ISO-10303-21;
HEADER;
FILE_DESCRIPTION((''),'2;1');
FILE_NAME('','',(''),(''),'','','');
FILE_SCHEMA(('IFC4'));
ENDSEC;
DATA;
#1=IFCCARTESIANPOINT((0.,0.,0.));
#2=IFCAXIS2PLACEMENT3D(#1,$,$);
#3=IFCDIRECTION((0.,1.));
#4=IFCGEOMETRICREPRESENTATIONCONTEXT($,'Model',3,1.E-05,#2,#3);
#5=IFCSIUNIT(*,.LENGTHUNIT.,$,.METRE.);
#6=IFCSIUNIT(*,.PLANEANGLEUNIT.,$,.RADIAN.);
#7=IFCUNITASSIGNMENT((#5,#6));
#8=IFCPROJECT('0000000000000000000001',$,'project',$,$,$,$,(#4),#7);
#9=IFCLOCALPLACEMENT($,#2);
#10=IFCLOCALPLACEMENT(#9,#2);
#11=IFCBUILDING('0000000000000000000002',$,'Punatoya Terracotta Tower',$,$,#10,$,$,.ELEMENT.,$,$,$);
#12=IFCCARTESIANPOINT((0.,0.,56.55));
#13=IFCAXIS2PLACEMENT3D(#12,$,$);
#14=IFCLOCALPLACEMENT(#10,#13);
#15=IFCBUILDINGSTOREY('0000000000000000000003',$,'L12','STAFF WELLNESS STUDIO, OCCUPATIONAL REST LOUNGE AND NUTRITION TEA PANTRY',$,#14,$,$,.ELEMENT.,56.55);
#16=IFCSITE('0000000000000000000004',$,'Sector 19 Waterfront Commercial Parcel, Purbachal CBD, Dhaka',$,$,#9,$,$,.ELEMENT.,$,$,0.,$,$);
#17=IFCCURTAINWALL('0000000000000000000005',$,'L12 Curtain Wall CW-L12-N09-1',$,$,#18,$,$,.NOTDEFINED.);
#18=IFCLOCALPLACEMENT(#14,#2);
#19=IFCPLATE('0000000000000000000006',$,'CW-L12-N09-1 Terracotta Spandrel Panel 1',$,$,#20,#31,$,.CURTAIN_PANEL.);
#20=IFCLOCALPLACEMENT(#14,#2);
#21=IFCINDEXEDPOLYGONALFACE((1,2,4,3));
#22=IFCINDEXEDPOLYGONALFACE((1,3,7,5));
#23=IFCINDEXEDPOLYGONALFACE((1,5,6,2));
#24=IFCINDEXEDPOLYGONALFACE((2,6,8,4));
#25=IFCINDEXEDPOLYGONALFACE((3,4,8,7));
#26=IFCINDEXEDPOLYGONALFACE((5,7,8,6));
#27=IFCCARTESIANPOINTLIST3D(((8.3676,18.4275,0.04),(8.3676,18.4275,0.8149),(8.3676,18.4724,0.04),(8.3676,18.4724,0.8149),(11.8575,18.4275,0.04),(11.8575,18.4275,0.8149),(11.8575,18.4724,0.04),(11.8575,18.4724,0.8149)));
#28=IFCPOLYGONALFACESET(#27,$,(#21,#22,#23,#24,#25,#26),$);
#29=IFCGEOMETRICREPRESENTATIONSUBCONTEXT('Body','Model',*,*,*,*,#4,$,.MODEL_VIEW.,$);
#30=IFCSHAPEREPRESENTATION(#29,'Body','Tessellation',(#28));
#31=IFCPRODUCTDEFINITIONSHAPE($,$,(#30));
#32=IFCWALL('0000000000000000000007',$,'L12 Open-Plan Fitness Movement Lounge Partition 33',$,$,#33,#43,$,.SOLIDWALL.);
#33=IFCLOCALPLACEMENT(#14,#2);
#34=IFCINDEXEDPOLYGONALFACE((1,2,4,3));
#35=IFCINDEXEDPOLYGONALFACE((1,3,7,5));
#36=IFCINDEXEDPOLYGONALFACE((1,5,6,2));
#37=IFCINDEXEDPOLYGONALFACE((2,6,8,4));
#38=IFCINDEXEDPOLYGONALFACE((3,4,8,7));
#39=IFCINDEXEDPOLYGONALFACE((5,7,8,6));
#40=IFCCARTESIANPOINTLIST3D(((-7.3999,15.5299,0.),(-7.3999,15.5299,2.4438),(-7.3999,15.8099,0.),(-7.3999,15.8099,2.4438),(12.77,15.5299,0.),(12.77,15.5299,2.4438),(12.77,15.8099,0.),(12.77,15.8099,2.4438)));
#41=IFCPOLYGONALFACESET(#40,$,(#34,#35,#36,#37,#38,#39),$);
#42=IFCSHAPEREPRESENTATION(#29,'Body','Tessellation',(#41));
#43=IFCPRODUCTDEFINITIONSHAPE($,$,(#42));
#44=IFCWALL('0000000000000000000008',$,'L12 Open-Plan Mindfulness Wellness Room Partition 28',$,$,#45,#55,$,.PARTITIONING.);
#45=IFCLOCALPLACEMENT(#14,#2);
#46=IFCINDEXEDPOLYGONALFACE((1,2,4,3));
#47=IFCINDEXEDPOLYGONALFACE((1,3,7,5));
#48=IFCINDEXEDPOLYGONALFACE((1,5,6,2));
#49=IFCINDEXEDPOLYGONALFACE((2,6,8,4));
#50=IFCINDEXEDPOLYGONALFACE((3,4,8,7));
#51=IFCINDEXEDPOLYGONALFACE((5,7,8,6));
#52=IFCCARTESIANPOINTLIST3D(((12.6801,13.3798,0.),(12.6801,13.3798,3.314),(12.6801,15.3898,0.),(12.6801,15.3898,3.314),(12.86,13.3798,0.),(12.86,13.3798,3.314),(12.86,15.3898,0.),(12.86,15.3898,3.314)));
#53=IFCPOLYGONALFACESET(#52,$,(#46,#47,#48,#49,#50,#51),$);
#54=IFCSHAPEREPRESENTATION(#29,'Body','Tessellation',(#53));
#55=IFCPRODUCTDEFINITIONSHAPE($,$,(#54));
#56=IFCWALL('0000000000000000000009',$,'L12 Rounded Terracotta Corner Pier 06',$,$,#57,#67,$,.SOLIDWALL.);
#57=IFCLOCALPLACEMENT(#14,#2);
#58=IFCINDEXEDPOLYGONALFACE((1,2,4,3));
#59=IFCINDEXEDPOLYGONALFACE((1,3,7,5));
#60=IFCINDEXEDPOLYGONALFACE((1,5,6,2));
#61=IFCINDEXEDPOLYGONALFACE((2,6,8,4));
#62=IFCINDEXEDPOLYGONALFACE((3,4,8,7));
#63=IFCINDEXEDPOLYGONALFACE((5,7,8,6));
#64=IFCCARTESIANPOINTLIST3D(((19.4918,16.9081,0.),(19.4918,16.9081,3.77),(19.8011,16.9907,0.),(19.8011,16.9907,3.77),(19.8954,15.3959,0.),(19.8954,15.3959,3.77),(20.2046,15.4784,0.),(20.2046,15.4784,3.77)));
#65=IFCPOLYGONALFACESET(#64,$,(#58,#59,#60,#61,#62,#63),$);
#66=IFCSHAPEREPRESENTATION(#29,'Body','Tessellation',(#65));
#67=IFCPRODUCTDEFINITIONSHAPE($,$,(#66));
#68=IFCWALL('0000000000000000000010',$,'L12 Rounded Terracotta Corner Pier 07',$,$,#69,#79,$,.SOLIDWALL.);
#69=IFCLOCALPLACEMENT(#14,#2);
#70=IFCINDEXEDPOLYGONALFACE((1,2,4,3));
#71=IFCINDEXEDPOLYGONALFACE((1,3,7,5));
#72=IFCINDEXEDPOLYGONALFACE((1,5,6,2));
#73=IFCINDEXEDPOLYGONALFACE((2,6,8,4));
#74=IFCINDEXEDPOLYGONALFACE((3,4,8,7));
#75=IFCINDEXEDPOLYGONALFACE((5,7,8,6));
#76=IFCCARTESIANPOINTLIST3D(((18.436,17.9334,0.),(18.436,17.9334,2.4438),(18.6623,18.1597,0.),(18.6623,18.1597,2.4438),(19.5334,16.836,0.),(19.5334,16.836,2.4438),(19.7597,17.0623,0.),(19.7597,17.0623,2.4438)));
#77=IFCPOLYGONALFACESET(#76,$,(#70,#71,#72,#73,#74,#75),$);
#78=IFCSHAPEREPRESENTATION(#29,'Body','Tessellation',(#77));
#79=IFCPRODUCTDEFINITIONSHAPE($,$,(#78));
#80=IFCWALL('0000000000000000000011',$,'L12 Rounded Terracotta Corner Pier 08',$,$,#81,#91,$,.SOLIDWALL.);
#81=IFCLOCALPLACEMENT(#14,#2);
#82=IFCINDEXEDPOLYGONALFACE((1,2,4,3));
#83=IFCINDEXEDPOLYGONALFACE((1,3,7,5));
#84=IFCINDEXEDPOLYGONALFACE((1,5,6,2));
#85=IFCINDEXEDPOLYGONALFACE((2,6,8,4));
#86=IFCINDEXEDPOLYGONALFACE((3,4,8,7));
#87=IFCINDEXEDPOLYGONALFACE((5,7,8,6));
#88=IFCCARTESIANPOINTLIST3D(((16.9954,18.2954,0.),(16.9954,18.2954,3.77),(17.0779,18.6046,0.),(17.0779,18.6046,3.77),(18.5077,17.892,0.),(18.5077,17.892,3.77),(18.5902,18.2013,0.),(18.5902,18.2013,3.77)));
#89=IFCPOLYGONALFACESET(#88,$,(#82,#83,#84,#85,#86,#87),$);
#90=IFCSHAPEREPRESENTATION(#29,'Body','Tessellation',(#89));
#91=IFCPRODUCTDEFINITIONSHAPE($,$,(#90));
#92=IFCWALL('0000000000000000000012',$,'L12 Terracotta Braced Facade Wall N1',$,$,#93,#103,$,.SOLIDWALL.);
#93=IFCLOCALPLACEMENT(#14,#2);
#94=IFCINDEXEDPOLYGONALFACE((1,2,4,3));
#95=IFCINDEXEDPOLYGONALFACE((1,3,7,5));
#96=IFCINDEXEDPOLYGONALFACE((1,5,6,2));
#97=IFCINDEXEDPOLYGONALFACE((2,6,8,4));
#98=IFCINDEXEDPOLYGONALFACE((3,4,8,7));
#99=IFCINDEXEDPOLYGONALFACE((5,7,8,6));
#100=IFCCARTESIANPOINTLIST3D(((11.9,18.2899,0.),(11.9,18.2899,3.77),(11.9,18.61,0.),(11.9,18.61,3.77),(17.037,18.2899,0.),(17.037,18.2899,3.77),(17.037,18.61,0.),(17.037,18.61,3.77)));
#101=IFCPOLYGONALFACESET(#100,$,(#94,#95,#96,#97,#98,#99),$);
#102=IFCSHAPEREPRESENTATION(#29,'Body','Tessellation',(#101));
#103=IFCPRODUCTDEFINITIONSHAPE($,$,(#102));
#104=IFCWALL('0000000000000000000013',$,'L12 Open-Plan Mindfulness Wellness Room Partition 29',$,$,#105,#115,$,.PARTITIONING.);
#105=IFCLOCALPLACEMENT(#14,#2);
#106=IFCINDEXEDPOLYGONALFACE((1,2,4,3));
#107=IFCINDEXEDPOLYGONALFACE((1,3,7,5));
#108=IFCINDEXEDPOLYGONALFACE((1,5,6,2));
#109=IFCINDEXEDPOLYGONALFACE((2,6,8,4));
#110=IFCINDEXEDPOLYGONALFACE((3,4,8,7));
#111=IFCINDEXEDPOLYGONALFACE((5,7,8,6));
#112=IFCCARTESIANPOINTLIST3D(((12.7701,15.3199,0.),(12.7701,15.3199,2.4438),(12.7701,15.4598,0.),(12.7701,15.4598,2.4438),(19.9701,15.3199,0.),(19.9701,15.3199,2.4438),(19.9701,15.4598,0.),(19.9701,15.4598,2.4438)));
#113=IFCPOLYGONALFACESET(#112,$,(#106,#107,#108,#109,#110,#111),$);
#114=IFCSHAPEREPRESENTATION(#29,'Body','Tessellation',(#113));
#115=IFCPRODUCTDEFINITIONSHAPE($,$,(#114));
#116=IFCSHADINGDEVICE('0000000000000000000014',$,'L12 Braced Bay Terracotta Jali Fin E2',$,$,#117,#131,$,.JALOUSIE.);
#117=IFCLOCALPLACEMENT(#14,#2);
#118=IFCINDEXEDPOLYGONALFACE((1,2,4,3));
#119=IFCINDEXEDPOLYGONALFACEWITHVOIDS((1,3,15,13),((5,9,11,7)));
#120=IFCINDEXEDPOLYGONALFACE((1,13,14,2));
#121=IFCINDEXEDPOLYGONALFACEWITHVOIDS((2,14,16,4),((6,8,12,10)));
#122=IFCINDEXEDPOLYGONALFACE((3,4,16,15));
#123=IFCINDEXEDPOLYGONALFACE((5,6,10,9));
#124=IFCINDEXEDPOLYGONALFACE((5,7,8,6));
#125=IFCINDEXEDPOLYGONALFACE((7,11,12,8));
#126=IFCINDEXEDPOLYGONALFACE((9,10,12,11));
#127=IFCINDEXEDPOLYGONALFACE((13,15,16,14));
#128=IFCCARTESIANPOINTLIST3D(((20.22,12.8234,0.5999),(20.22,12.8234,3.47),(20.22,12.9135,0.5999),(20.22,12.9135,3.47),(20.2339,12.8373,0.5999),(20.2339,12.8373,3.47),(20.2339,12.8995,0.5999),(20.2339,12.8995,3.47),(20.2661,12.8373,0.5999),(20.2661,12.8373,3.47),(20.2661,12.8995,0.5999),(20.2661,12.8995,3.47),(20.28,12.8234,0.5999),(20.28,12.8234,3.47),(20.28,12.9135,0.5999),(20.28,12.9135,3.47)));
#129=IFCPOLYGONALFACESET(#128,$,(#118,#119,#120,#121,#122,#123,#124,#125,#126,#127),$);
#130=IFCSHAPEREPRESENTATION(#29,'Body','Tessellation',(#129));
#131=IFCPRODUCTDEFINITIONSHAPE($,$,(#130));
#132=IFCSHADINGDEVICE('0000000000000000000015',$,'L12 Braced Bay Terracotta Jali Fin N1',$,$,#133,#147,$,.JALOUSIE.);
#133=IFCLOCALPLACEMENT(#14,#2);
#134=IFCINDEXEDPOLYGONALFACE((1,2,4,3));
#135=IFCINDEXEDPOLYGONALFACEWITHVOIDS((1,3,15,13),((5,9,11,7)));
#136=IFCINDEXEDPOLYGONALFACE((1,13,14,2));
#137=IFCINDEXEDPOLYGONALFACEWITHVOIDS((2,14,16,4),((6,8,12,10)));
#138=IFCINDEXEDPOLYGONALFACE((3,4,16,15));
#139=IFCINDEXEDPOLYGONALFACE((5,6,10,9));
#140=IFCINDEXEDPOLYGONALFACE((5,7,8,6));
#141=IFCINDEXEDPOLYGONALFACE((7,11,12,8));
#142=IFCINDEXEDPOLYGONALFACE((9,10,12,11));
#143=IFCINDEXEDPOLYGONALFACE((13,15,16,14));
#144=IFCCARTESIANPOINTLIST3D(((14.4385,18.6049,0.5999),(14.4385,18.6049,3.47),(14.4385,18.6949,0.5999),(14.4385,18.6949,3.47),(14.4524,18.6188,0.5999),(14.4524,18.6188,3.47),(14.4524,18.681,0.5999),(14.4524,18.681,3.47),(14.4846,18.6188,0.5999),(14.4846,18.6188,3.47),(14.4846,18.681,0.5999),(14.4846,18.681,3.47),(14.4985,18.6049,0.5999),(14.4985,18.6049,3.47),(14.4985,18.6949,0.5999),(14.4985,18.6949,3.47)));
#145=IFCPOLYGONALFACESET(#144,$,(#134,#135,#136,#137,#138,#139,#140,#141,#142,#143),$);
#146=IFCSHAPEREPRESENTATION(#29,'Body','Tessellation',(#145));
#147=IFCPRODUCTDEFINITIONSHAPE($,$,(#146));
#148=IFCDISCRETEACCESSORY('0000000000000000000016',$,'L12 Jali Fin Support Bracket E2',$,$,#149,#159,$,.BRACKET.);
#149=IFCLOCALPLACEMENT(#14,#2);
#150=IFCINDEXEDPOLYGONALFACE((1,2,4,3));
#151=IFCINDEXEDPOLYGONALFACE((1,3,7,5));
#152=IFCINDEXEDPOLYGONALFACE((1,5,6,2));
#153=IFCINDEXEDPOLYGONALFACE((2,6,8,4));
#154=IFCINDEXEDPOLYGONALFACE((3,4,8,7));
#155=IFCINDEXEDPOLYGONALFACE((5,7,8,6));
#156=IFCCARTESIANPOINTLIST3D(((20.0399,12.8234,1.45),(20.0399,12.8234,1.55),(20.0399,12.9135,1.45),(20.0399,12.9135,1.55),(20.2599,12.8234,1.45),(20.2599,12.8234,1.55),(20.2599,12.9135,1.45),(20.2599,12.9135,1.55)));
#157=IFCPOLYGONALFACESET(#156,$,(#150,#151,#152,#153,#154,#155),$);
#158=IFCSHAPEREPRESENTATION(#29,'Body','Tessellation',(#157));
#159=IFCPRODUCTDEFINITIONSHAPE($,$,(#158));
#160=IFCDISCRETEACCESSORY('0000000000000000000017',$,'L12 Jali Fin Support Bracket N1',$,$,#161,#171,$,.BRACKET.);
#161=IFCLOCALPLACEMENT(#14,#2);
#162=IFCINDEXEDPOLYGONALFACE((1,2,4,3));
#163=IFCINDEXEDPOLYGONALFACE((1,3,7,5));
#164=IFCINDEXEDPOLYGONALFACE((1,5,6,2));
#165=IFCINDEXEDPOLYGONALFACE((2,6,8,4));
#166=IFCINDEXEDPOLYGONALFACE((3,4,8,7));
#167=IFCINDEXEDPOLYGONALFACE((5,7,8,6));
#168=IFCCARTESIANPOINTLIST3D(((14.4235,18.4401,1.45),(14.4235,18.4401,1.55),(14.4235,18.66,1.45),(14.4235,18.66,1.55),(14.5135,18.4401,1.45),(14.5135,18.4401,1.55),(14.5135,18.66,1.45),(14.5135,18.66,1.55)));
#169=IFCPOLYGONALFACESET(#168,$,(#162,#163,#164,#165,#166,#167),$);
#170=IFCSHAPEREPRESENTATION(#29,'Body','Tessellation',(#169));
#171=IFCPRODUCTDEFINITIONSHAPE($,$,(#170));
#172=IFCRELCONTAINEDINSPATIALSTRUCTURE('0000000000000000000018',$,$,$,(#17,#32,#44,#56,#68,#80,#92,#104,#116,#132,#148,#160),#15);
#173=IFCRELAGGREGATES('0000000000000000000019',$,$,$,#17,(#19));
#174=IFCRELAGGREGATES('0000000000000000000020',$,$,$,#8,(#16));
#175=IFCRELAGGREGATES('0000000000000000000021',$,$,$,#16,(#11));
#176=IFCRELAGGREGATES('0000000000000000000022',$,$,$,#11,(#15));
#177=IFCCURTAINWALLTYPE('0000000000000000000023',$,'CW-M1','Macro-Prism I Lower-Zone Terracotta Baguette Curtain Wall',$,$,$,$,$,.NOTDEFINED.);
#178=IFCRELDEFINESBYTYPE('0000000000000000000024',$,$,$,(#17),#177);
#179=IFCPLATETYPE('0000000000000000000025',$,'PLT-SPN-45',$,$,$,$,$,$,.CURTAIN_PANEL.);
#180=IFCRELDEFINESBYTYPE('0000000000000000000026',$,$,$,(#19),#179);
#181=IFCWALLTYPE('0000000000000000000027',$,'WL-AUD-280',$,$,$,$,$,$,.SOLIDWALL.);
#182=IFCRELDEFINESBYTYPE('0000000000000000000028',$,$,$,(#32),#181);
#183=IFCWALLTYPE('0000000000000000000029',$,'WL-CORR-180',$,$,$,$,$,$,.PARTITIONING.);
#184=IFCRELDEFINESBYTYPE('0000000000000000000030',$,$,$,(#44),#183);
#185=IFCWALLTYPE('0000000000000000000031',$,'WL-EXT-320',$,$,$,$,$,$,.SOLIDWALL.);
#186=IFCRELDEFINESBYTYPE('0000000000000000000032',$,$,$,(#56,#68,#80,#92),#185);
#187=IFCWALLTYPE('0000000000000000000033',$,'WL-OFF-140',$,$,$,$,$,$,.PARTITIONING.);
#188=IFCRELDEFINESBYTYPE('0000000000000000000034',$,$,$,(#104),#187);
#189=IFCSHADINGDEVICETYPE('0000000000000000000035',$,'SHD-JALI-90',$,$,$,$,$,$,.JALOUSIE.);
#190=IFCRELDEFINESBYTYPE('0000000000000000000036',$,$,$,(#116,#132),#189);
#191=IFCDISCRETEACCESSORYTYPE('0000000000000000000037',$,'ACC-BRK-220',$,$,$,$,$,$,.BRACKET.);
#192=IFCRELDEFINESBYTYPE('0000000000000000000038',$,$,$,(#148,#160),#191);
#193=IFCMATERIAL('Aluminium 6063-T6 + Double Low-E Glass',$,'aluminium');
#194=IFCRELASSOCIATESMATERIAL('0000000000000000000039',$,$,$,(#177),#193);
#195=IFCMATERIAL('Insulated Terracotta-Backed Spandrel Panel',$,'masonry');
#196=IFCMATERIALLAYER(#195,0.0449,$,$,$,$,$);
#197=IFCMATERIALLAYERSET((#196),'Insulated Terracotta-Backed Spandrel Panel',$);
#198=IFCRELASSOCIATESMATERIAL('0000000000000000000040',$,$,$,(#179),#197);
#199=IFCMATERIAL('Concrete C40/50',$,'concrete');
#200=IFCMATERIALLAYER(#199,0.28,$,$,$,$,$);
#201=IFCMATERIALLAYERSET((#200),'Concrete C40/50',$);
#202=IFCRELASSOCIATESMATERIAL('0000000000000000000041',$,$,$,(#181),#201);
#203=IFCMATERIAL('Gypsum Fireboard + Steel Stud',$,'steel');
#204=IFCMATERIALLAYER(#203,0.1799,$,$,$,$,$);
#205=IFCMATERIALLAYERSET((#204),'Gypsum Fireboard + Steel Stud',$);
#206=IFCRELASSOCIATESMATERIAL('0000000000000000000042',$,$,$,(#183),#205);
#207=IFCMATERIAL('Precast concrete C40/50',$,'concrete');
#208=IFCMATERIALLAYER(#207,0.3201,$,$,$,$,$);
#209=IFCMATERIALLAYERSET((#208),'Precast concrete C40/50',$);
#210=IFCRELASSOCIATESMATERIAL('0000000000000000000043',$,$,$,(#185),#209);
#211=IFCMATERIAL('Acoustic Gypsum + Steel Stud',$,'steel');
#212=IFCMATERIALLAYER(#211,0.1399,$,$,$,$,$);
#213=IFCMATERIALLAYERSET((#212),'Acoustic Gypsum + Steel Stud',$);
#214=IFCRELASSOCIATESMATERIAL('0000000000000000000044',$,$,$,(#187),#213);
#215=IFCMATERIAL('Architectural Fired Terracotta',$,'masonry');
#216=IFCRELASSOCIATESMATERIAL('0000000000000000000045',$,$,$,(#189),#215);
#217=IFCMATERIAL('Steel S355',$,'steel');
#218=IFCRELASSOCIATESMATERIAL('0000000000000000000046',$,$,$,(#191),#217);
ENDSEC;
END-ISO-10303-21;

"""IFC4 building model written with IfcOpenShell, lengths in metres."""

from ifc_helpers import new_model, si_unit, direction, frame, frame_2d, origin, origin_2d, place, context, subcontext, project, spatial, rectangle, hollow_rectangle, extrude, material, layer, layer_set, material_profile, profile_set, type_object, element, aggregate, save


model = new_model("IFC4")

# Units and contexts
model_context = context("Model", 3, precision=1e-05, world=origin(), true_north=direction((0.0, 1.0)))
body_context = subcontext(model_context, "Body", "Model", "MODEL_VIEW")
ifc_project = project(units=[si_unit("LENGTHUNIT", "METRE"), si_unit("PLANEANGLEUNIT", "RADIAN")], contexts=[model_context])

# Site, building, storey
site_placement = place(None, origin())
site = spatial("IfcSite", under=ifc_project, at=site_placement, Name="Sector 19 Waterfront Commercial Parcel, Purbachal CBD, Dhaka", CompositionType="ELEMENT", RefElevation=0.0)
building_placement = place(site_placement, origin())
building = spatial("IfcBuilding", under=site, at=building_placement, Name="Punatoya Terracotta Tower", CompositionType="ELEMENT")
storey_placement = place(building_placement, frame((0.0, 0.0, 56.55)))
storey = spatial("IfcBuildingStorey", under=building, at=storey_placement, Name="L12", Description="STAFF WELLNESS STUDIO, OCCUPATIONAL REST LOUNGE AND NUTRITION TEA PANTRY", CompositionType="ELEMENT", Elevation=56.55)

# Shared definitions
ifc_material_1 = material(Name="Steel S355", Category="steel")

# Curtain wall
ifc_material_2 = material(Name="Aluminium 6063-T6 + Double Low-E Glass", Category="aluminium")
curtain_wall_type = type_object("IfcCurtainWallType", Name="CW-M1", Description="Macro-Prism I Lower-Zone Terracotta Baguette Curtain Wall", PredefinedType="NOTDEFINED", material=ifc_material_2)
curtain_wall_placement = place(storey_placement, origin())
curtain_wall = element("IfcCurtainWall", 1, at=curtain_wall_placement, inside=storey, type_object=curtain_wall_type, Name="L12 Curtain Wall CW-L12-N09-1", PredefinedType="NOTDEFINED")

# Plate
ifc_material_3 = material(Name="Insulated Terracotta-Backed Spandrel Panel", Category="masonry")
ifc_layer_1 = layer(ifc_material_3, 0.0449)
ifc_layer_set_1 = layer_set([ifc_layer_1], Name="Insulated Terracotta-Backed Spandrel Panel")
plate_type_1 = type_object("IfcPlateType", Name="PLT-SPN-45", PredefinedType="CURTAIN_PANEL", material=ifc_layer_set_1)
plate_1_placement = place(storey_placement, frame((10.1125, 18.45, 0.04), z_axis=(0.0, 0.0, 1.0), x_axis=(-1.0, 0.0, 0.0)))
plate_1 = element("IfcPlate", 2, at=plate_1_placement, type_object=plate_type_1, Name="CW-L12-N09-1 Terracotta Spandrel Panel 1", PredefinedType="CURTAIN_PANEL", context=body_context, shape_type="SweptSolid", body=[
    extrude(rectangle(XDim=3.49, YDim=0.0449, at=origin_2d()), origin(), (0.0, 0.0, 1.0), 0.7749),
])
aggregate(curtain_wall, [plate_1])

# Walls
ifc_material_4 = material(Name="Concrete C40/50", Category="concrete")
ifc_layer_2 = layer(ifc_material_4, 0.28)
ifc_layer_set_2 = layer_set([ifc_layer_2], Name="Concrete C40/50")
wall_type_1 = type_object("IfcWallType", Name="WL-AUD-280", PredefinedType="SOLIDWALL", material=ifc_layer_set_2)
wall_1_placement = place(storey_placement, frame((12.77, 15.6699, 0.0), z_axis=(0.0, 0.0, 1.0), x_axis=(-1.0, 0.0, 0.0)))
element("IfcWall", 3, at=wall_1_placement, inside=storey, type_object=wall_type_1, Name="L12 Open-Plan Fitness Movement Lounge Partition 33", PredefinedType="SOLIDWALL", context=body_context, shape_type="SweptSolid", body=[
    extrude(rectangle(XDim=20.1699, YDim=0.28, at=frame_2d((10.085, 0.0))), origin(), (0.0, 0.0, 1.0), 2.4438),
])
ifc_material_5 = material(Name="Gypsum Fireboard + Steel Stud", Category="steel")
ifc_layer_3 = layer(ifc_material_5, 0.1799)
ifc_layer_set_3 = layer_set([ifc_layer_3], Name="Gypsum Fireboard + Steel Stud")
wall_type_2 = type_object("IfcWallType", Name="WL-CORR-180", PredefinedType="PARTITIONING", material=ifc_layer_set_3)
wall_2_placement = place(storey_placement, frame((12.77, 13.3799, 0.0), z_axis=(0.0, 0.0, 1.0), x_axis=(0.0, 1.0, 0.0)))
element("IfcWall", 4, at=wall_2_placement, inside=storey, type_object=wall_type_2, Name="L12 Open-Plan Mindfulness Wellness Room Partition 28", PredefinedType="PARTITIONING", context=body_context, shape_type="SweptSolid", body=[
    extrude(rectangle(XDim=2.01, YDim=0.1799, at=frame_2d((1.0049, 0.0))), origin(), (0.0, 0.0, 1.0), 3.314),
])
ifc_material_6 = material(Name="Precast concrete C40/50", Category="concrete")
ifc_layer_4 = layer(ifc_material_6, 0.3201)
ifc_layer_set_4 = layer_set([ifc_layer_4], Name="Precast concrete C40/50")
wall_type_3 = type_object("IfcWallType", Name="WL-EXT-320", PredefinedType="SOLIDWALL", material=ifc_layer_set_4)
wall_3_placement = place(storey_placement, frame((20.05, 15.437, 0.0), z_axis=(0.0, 0.0, 1.0), x_axis=(-0.257847, 0.966186, 0.0)))
element("IfcWall", 5, at=wall_3_placement, inside=storey, type_object=wall_type_3, Name="L12 Rounded Terracotta Corner Pier 06", PredefinedType="SOLIDWALL", context=body_context, shape_type="SweptSolid", body=[
    extrude(rectangle(XDim=1.5652, YDim=0.3201, at=frame_2d((0.7827, 0.0))), origin(), (0.0, 0.0, 1.0), 3.77),
])
wall_4_placement = place(storey_placement, frame((19.6465, 16.9492, 0.0), z_axis=(0.0, 0.0, 1.0), x_axis=(-0.707107, 0.707107, 0.0)))
element("IfcWall", 6, at=wall_4_placement, inside=storey, type_object=wall_type_3, Name="L12 Rounded Terracotta Corner Pier 07", PredefinedType="SOLIDWALL", context=body_context, shape_type="SweptSolid", body=[
    extrude(rectangle(XDim=1.552, YDim=0.3201, at=frame_2d((0.7759, 0.0))), origin(), (0.0, 0.0, 1.0), 2.4438),
])
wall_5_placement = place(storey_placement, frame((18.5491, 18.0466, 0.0), z_axis=(0.0, 0.0, 1.0), x_axis=(-0.966225, 0.257701, 0.0)))
element("IfcWall", 7, at=wall_5_placement, inside=storey, type_object=wall_type_3, Name="L12 Rounded Terracotta Corner Pier 08", PredefinedType="SOLIDWALL", context=body_context, shape_type="SweptSolid", body=[
    extrude(rectangle(XDim=1.5652, YDim=0.3201, at=frame_2d((0.7827, 0.0))), origin(), (0.0, 0.0, 1.0), 3.77),
])
wall_6_placement = place(storey_placement, frame((17.0369, 18.45, 0.0), z_axis=(0.0, 0.0, 1.0), x_axis=(-1.0, 0.0, 0.0)))
element("IfcWall", 8, at=wall_6_placement, inside=storey, type_object=wall_type_3, Name="L12 Terracotta Braced Facade Wall N1", PredefinedType="SOLIDWALL", context=body_context, shape_type="SweptSolid", body=[
    extrude(rectangle(XDim=5.137, YDim=0.3201, at=frame_2d((2.5684, 0.0))), origin(), (0.0, 0.0, 1.0), 3.77),
])
ifc_material_7 = material(Name="Acoustic Gypsum + Steel Stud", Category="steel")
ifc_layer_5 = layer(ifc_material_7, 0.1399)
ifc_layer_set_5 = layer_set([ifc_layer_5], Name="Acoustic Gypsum + Steel Stud")
wall_type_4 = type_object("IfcWallType", Name="WL-OFF-140", PredefinedType="PARTITIONING", material=ifc_layer_set_5)
wall_7_placement = place(storey_placement, frame((12.77, 15.3899, 0.0), z_axis=(0.0, 0.0, 1.0), x_axis=(1.0, 0.0, 0.0)))
element("IfcWall", 9, at=wall_7_placement, inside=storey, type_object=wall_type_4, Name="L12 Open-Plan Mindfulness Wellness Room Partition 29", PredefinedType="PARTITIONING", context=body_context, shape_type="SweptSolid", body=[
    extrude(rectangle(XDim=7.2, YDim=0.1399, at=frame_2d((3.6001, 0.0))), origin(), (0.0, 0.0, 1.0), 2.4438),
])

# Shading devices
ifc_material_8 = material(Name="Architectural Fired Terracotta", Category="masonry")
ifc_material_profile_1 = material_profile(ifc_material_8, hollow_rectangle(XDim=0.0601, YDim=0.0901, WallThickness=0.0139, at=origin_2d()))
ifc_profile_set_1 = profile_set([ifc_material_profile_1], Name="Architectural Fired Terracotta")
shading_device_type = type_object("IfcShadingDeviceType", Name="SHD-JALI-90", PredefinedType="JALOUSIE", material=ifc_profile_set_1)
for number, where, z_axis, x_axis, name in (
    (10, (20.25, 12.8684, 0.5999), (0.0, 0.0, 1.0), (1.0, 0.0, 0.0), "L12 Braced Bay Terracotta Jali Fin E2"),
    (11, (14.4685, 18.6499, 0.5999), (0.0, 0.0, 1.0), (1.0, 0.0, 0.0), "L12 Braced Bay Terracotta Jali Fin N1"),
):
    element("IfcShadingDevice", number, at=place(storey_placement, frame(where, z_axis=z_axis, x_axis=x_axis)), inside=storey, type_object=shading_device_type, Name=name, PredefinedType="JALOUSIE", context=body_context, shape_type="SweptSolid", body=[
        extrude(hollow_rectangle(XDim=0.0601, YDim=0.0901, WallThickness=0.0139, at=origin_2d()), origin(), (0.0, 0.0, 1.0), 2.8701),
    ])

# Discrete accessories
discrete_accessory_type = type_object("IfcDiscreteAccessoryType", Name="ACC-BRK-220", PredefinedType="BRACKET", material=ifc_material_1)
for number, where, z_axis, x_axis, name in (
    (12, (20.1499, 12.8684, 1.45), (0.0, 0.0, 1.0), (0.0, 1.0, 0.0), "L12 Jali Fin Support Bracket E2"),
    (13, (14.4685, 18.55, 1.45), (0.0, 0.0, 1.0), (-1.0, 0.0, 0.0), "L12 Jali Fin Support Bracket N1"),
):
    element("IfcDiscreteAccessory", number, at=place(storey_placement, frame(where, z_axis=z_axis, x_axis=x_axis)), inside=storey, type_object=discrete_accessory_type, Name=name, PredefinedType="BRACKET", context=body_context, shape_type="SweptSolid", body=[
        extrude(rectangle(XDim=0.0901, YDim=0.22, at=origin_2d()), origin(), (0.0, 0.0, 1.0), 0.1001),
    ])

save(model, "model.ifc")
